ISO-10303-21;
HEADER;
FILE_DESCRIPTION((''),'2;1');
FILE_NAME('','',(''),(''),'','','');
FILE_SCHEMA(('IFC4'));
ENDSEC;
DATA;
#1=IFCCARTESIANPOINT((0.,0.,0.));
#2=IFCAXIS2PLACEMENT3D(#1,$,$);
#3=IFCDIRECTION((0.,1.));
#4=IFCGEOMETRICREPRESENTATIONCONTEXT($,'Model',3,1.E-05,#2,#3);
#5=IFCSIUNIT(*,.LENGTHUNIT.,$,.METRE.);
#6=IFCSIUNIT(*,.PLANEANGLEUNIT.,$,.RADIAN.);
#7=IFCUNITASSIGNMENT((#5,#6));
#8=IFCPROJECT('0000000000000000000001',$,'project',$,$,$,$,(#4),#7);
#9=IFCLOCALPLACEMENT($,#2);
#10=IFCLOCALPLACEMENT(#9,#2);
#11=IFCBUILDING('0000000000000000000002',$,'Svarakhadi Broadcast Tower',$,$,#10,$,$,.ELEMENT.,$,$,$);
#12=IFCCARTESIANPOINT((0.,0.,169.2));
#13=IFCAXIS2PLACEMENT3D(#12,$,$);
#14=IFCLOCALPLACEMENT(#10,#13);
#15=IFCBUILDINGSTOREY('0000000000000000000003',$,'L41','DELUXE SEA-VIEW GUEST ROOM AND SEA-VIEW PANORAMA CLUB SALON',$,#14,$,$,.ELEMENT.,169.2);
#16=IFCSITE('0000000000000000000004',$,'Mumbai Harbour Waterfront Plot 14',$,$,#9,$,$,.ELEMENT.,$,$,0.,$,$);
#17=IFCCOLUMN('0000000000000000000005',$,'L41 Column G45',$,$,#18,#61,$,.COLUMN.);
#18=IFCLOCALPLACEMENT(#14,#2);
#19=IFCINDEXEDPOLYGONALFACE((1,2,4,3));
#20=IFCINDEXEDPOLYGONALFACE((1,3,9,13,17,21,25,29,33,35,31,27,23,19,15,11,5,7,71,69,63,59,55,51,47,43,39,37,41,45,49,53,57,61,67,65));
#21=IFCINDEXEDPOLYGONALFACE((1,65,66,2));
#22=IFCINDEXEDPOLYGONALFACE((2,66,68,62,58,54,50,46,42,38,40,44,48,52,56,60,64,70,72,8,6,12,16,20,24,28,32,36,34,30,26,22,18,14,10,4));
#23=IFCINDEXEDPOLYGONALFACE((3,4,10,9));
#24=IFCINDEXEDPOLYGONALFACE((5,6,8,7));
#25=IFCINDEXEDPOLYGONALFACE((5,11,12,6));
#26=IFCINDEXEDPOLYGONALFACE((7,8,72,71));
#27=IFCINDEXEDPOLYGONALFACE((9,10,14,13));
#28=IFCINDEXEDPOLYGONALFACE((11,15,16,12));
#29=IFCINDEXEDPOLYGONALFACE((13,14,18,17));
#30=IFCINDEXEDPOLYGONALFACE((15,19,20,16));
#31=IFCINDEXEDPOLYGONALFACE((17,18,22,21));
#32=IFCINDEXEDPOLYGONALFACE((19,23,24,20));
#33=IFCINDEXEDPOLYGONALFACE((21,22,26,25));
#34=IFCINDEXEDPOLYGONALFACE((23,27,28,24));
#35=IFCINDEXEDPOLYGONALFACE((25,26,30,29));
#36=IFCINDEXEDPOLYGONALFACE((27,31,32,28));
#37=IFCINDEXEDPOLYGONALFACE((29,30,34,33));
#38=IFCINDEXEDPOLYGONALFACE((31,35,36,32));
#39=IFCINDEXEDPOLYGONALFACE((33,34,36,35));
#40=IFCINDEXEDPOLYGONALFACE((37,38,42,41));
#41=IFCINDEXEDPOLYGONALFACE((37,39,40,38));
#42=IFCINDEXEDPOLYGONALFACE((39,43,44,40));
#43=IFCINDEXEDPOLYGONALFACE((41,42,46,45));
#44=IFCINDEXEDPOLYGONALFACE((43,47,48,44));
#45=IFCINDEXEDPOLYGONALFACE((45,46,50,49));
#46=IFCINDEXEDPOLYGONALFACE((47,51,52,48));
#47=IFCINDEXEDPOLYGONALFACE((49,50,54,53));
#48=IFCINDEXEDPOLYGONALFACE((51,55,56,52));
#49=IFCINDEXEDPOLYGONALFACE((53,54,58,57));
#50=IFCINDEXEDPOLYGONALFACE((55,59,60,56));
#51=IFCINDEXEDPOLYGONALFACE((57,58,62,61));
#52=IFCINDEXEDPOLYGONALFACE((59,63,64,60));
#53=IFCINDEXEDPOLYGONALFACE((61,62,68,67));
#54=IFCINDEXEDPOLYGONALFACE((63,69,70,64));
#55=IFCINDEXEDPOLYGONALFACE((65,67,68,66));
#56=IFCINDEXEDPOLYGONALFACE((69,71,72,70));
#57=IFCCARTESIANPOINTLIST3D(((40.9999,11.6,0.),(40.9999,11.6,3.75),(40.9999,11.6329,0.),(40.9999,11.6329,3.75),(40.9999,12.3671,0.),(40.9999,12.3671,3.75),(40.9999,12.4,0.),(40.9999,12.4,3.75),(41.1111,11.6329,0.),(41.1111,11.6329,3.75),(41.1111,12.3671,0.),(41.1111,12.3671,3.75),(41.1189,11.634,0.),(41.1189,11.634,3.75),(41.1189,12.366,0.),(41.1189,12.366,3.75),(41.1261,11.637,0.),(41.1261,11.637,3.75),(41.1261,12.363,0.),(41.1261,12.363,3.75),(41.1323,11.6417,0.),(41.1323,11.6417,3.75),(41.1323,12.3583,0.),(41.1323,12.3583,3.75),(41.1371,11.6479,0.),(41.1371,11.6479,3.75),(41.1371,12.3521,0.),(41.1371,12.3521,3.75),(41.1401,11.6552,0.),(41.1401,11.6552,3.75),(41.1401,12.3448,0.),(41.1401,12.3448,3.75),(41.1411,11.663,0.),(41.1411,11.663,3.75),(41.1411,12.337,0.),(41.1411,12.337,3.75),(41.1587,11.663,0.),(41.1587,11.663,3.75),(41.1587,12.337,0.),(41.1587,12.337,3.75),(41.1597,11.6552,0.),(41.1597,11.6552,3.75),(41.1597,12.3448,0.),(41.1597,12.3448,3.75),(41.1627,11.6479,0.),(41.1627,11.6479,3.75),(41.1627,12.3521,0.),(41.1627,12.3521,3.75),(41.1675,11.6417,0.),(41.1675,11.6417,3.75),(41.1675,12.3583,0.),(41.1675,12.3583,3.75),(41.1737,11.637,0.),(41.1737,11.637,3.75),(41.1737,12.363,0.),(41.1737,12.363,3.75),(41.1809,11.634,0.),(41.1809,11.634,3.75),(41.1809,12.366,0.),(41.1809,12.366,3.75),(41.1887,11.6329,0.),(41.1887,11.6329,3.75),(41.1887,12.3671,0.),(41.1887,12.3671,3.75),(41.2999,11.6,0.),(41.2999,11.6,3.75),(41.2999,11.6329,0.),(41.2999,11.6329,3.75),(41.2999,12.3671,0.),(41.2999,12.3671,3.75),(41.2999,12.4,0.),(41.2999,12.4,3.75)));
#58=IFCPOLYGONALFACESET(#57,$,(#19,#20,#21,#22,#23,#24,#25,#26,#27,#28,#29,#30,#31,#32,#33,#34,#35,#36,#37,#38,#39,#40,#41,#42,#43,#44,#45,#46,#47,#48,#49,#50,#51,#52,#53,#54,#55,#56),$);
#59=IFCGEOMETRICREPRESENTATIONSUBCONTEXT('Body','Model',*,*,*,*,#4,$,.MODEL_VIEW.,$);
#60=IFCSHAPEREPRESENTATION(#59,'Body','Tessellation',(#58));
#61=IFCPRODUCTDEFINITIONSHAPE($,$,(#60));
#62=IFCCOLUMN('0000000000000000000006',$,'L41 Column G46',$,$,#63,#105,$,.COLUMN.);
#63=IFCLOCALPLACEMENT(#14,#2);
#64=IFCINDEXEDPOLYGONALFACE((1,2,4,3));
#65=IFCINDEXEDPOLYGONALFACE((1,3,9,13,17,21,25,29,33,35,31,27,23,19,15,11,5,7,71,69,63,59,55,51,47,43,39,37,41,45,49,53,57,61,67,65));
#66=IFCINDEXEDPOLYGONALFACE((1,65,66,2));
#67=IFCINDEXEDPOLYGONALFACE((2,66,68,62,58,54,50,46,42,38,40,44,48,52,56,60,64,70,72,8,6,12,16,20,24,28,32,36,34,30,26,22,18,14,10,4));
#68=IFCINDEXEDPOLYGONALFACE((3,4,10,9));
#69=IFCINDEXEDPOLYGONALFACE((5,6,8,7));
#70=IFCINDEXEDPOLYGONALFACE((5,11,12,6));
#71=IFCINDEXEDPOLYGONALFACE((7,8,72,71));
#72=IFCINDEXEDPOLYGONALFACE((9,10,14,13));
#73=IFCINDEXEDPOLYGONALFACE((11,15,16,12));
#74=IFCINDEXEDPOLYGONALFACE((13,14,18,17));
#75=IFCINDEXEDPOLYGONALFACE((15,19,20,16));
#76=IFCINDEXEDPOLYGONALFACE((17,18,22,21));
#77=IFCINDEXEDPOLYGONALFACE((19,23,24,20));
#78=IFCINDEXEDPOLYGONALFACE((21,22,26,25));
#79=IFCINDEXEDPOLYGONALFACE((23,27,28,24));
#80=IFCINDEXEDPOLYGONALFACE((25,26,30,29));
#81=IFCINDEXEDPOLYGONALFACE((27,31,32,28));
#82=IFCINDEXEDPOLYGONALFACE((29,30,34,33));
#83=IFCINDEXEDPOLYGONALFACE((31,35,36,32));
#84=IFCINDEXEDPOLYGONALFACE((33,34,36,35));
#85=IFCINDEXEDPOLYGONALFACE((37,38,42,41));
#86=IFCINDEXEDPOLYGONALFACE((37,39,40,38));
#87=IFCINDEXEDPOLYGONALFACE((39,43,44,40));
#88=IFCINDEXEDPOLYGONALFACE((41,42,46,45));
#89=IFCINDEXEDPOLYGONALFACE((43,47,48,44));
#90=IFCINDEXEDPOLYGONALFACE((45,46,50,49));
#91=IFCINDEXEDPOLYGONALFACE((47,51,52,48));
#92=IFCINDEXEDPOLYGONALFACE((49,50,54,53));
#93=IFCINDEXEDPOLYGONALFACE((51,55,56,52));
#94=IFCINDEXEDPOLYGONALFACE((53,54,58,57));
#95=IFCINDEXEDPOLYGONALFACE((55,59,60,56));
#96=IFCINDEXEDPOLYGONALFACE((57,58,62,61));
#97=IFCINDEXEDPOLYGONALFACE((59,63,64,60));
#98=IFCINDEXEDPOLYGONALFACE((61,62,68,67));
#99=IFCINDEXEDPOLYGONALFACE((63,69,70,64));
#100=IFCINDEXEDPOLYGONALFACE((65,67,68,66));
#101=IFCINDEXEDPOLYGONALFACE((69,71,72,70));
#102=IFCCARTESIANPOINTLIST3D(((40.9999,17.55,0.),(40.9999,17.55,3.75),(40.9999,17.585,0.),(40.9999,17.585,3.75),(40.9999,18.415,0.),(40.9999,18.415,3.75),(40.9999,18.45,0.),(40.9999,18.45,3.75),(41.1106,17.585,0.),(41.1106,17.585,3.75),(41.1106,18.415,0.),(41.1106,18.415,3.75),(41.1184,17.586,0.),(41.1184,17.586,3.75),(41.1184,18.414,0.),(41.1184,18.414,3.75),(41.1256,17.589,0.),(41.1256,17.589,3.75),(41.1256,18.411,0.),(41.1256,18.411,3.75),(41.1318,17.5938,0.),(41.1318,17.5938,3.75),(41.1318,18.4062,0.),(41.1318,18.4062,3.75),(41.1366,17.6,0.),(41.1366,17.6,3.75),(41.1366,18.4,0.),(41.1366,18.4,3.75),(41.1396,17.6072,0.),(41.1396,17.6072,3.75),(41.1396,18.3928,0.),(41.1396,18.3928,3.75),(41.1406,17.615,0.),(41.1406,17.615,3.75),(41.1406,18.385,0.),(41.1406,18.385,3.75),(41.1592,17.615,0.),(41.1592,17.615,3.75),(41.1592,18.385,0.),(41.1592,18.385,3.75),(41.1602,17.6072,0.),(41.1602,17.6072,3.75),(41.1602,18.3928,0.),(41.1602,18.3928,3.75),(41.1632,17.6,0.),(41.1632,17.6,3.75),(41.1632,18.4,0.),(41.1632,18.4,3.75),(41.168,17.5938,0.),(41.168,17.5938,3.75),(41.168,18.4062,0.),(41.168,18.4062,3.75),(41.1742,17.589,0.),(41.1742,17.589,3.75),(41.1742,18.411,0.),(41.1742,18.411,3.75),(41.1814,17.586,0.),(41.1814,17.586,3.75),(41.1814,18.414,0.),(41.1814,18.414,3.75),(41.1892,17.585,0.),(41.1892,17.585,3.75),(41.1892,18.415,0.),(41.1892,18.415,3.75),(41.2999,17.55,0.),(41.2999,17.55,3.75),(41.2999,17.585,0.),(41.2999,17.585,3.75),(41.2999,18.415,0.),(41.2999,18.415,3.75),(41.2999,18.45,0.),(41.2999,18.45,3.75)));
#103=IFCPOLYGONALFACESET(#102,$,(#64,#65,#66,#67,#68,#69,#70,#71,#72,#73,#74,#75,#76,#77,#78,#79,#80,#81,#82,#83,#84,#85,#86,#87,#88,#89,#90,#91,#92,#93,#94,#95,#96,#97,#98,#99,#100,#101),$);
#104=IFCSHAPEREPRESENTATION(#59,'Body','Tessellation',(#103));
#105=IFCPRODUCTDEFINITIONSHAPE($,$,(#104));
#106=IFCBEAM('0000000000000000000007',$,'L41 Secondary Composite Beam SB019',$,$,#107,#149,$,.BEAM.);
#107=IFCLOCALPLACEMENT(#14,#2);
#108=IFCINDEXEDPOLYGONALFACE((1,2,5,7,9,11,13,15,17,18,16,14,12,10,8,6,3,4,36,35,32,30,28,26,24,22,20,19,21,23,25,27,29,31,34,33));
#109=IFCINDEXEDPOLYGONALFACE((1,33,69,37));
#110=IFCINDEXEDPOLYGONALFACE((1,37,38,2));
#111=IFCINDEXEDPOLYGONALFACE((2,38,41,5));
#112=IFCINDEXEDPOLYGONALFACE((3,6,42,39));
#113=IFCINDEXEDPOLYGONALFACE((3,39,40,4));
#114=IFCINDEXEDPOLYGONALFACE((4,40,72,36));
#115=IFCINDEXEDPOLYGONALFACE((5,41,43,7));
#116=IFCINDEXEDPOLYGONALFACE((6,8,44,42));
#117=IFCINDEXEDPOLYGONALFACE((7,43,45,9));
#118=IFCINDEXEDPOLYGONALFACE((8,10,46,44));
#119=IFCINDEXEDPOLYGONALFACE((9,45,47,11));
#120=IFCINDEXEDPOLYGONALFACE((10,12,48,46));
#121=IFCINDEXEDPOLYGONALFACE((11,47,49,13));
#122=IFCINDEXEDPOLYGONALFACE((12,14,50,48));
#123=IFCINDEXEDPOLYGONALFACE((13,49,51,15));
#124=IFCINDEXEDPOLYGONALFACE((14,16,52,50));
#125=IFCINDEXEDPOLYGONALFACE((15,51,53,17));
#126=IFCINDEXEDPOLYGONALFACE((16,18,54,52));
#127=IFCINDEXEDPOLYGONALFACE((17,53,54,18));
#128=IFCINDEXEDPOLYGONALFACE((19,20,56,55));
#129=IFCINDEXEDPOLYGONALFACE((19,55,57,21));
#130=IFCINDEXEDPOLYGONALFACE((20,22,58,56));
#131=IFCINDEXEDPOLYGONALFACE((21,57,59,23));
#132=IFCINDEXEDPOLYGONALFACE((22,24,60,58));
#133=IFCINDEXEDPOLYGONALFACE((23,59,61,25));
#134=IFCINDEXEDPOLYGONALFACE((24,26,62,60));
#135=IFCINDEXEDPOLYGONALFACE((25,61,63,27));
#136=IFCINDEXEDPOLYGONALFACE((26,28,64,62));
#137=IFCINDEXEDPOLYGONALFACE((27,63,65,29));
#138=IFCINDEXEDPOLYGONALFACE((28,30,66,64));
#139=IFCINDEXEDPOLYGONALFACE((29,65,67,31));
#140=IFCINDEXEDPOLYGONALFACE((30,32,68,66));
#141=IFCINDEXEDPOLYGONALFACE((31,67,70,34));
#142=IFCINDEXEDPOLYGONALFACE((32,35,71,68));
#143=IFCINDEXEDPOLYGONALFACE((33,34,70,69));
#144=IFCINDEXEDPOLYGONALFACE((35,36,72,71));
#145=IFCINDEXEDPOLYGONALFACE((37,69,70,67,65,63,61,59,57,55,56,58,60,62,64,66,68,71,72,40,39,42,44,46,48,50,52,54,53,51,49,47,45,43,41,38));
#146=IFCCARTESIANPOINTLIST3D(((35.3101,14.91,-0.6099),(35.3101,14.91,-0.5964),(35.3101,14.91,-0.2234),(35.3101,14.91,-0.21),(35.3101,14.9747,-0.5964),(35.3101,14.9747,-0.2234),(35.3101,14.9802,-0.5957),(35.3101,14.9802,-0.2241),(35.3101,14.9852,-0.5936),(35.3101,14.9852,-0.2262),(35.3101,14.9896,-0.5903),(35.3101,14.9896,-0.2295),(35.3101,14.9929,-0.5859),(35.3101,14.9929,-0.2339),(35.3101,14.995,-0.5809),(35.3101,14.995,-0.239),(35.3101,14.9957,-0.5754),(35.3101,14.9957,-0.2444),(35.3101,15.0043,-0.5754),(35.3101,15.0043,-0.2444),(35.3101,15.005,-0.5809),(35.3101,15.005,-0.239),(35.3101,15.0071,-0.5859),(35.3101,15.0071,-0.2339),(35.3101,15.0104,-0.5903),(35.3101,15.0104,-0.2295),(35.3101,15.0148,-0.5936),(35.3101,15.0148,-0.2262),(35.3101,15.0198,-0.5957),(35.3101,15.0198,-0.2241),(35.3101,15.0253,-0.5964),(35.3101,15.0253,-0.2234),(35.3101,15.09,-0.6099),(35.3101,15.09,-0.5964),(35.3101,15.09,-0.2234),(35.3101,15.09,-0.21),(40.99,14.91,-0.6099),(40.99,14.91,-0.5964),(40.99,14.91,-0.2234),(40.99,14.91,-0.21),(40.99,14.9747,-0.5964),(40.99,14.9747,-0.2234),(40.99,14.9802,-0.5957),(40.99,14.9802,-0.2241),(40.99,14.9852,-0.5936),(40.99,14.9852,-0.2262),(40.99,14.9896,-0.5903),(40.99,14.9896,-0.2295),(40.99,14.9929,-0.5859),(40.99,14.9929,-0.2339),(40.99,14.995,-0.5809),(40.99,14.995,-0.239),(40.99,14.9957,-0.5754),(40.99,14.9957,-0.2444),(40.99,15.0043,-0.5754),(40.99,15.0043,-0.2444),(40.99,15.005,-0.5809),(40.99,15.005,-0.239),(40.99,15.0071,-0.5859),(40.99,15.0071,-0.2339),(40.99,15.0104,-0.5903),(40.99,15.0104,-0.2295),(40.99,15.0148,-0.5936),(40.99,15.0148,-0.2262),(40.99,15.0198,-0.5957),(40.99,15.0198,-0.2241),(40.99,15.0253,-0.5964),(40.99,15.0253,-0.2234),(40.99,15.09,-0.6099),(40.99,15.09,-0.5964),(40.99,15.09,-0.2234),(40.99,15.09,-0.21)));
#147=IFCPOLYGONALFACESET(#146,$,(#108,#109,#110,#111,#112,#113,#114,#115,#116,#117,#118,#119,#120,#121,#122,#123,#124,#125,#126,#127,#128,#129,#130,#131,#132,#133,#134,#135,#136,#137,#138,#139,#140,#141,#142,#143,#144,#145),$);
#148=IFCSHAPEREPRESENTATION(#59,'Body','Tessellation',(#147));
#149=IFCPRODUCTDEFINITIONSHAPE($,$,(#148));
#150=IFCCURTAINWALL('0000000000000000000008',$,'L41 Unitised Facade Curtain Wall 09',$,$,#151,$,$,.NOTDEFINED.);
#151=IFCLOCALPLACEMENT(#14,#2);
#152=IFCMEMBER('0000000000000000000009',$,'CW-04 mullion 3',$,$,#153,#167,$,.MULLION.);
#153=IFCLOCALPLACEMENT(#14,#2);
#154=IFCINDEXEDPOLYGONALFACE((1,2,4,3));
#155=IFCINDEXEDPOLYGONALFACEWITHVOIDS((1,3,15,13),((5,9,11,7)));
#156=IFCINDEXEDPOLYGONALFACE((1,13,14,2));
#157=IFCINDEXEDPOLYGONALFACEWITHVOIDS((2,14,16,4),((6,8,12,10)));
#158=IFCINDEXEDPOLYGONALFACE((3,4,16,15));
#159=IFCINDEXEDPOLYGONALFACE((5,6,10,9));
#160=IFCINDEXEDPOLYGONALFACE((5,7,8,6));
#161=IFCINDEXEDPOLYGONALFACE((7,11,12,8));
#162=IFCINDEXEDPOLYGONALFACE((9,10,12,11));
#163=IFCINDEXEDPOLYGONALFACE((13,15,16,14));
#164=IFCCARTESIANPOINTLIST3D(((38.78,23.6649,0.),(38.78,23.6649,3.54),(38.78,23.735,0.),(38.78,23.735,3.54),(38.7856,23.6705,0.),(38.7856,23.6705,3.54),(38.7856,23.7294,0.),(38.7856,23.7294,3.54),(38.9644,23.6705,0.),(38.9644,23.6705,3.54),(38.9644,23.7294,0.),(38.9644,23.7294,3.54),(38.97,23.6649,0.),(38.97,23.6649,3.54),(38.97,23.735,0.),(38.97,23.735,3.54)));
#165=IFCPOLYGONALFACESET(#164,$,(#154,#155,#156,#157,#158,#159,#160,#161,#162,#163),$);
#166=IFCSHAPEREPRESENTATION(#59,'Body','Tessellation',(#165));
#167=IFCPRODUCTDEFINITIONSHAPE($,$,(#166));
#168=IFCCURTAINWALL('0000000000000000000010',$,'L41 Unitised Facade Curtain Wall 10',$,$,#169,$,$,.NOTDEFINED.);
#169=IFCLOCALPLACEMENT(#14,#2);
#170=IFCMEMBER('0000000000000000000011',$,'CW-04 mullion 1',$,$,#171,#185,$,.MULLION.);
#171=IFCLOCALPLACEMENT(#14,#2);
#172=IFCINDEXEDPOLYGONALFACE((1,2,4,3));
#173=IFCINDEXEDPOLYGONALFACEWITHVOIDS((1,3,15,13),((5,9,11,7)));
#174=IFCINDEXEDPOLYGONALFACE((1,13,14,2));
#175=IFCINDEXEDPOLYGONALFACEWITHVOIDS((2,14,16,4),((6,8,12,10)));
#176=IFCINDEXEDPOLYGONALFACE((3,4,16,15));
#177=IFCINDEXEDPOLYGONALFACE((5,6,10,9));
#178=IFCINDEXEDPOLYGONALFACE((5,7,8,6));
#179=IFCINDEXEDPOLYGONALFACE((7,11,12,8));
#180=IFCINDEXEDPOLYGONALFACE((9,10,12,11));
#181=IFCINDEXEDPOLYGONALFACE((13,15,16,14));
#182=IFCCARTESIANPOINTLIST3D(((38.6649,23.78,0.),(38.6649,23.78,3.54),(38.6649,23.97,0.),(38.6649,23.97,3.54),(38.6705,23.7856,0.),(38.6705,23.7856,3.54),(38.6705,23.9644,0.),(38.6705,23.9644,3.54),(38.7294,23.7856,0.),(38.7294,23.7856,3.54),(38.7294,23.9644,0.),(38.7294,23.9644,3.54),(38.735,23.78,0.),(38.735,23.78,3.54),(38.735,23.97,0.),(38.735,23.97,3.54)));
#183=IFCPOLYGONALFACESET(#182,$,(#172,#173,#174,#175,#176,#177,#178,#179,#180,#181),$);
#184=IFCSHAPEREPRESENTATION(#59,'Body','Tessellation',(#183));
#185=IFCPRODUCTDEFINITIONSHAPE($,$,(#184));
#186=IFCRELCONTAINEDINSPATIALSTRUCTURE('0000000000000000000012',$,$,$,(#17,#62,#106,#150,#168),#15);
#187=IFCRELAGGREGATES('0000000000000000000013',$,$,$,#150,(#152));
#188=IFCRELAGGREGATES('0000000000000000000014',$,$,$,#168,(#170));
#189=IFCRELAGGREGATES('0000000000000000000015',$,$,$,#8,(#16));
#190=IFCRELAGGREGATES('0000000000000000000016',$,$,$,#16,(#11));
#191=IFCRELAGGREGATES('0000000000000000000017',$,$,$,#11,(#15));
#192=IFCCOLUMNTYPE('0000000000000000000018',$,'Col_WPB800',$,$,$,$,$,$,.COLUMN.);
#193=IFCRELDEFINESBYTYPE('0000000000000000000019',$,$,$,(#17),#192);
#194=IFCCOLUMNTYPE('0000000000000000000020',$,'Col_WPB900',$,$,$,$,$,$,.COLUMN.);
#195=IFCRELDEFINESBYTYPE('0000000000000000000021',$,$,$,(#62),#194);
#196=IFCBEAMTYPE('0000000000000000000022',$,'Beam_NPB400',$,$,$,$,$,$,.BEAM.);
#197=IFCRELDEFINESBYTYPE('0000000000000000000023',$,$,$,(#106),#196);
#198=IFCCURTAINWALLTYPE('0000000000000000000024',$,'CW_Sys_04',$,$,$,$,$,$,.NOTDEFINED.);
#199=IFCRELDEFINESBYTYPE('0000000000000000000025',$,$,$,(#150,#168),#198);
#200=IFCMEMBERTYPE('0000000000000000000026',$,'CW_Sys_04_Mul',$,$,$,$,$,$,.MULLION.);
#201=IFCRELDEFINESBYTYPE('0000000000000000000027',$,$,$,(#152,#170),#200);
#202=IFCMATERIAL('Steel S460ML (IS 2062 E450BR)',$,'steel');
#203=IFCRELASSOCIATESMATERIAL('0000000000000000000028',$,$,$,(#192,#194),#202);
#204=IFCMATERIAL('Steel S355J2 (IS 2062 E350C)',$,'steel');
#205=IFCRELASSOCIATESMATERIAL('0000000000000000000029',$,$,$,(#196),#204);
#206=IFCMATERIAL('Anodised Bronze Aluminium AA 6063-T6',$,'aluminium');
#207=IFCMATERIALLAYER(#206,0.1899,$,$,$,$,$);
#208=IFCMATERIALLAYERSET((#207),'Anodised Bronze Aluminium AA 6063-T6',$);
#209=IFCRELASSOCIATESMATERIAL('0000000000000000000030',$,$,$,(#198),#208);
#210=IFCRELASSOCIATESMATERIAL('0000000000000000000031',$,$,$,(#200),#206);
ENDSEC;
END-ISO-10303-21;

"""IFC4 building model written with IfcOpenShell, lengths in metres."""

from ifc_helpers import new_model, si_unit, direction, frame, origin, origin_2d, place, context, subcontext, project, spatial, hollow_rectangle, i_section, extrude, material, layer, layer_set, material_profile, profile_set, type_object, element, aggregate, save


model = new_model("IFC4")

# Units and contexts
model_context = context("Model", 3, precision=1e-05, world=origin(), true_north=direction((0.0, 1.0)))
body_context = subcontext(model_context, "Body", "Model", "MODEL_VIEW")
ifc_project = project(units=[si_unit("LENGTHUNIT", "METRE"), si_unit("PLANEANGLEUNIT", "RADIAN")], contexts=[model_context])

# Site, building, storey
site_placement = place(None, origin())
site = spatial("IfcSite", under=ifc_project, at=site_placement, Name="Mumbai Harbour Waterfront Plot 14", CompositionType="ELEMENT", RefElevation=0.0)
building_placement = place(site_placement, origin())
building = spatial("IfcBuilding", under=site, at=building_placement, Name="Svarakhadi Broadcast Tower", CompositionType="ELEMENT")
storey_placement = place(building_placement, frame((0.0, 0.0, 169.2)))
storey = spatial("IfcBuildingStorey", under=building, at=storey_placement, Name="L41", Description="DELUXE SEA-VIEW GUEST ROOM AND SEA-VIEW PANORAMA CLUB SALON", CompositionType="ELEMENT", Elevation=169.2)

# Columns
ifc_material_1 = material(Name="Steel S460ML (IS 2062 E450BR)", Category="steel")
ifc_material_profile_1 = material_profile(ifc_material_1, i_section(OverallWidth=0.3, OverallDepth=0.8, WebThickness=0.0176, FlangeThickness=0.033, FilletRadius=0.03, at=origin_2d()), Name="WPB 800x300x262")
ifc_profile_set_1 = profile_set([ifc_material_profile_1], Name="Steel S460ML (IS 2062 E450BR)")
column_type_1 = type_object("IfcColumnType", Name="Col_WPB800", PredefinedType="COLUMN", material=ifc_profile_set_1)
column_1_placement = place(storey_placement, frame((41.1499, 12.0, 0.0), z_axis=(0.0, 0.0, 1.0), x_axis=(1.0, 0.0, 0.0)))
element("IfcColumn", 1, at=column_1_placement, inside=storey, type_object=column_type_1, Name="L41 Column G45", PredefinedType="COLUMN", context=body_context, shape_type="SweptSolid", body=[
    extrude(i_section(OverallWidth=0.3, OverallDepth=0.8, WebThickness=0.0176, FlangeThickness=0.033, FilletRadius=0.03, at=origin_2d()), origin(), (0.0, 0.0, 1.0), 3.75),
])
ifc_material_profile_2 = material_profile(ifc_material_1, i_section(OverallWidth=0.3, OverallDepth=0.8999, WebThickness=0.0186, FlangeThickness=0.0349, FilletRadius=0.03, at=origin_2d()), Name="WPB 900x300x291")
ifc_profile_set_2 = profile_set([ifc_material_profile_2], Name="Steel S460ML (IS 2062 E450BR)")
column_type_2 = type_object("IfcColumnType", Name="Col_WPB900", PredefinedType="COLUMN", material=ifc_profile_set_2)
column_2_placement = place(storey_placement, frame((41.1499, 18.0, 0.0), z_axis=(0.0, 0.0, 1.0), x_axis=(1.0, 0.0, 0.0)))
element("IfcColumn", 2, at=column_2_placement, inside=storey, type_object=column_type_2, Name="L41 Column G46", PredefinedType="COLUMN", context=body_context, shape_type="SweptSolid", body=[
    extrude(i_section(OverallWidth=0.3, OverallDepth=0.8999, WebThickness=0.0186, FlangeThickness=0.0349, FilletRadius=0.03, at=origin_2d()), origin(), (0.0, 0.0, 1.0), 3.75),
])

# Beam
ifc_material_2 = material(Name="Steel S355J2 (IS 2062 E350C)", Category="steel")
ifc_material_profile_3 = material_profile(ifc_material_2, i_section(OverallWidth=0.1799, OverallDepth=0.3999, WebThickness=0.0085, FlangeThickness=0.0134, FilletRadius=0.021, at=origin_2d()), Name="NPB 400x180x66")
ifc_profile_set_3 = profile_set([ifc_material_profile_3], Name="Steel S355J2 (IS 2062 E350C)")
beam_type_1 = type_object("IfcBeamType", Name="Beam_NPB400", PredefinedType="BEAM", material=ifc_profile_set_3)
beam_1_placement = place(storey_placement, frame((35.3101, 15.0, -0.4099), z_axis=(1.0, 0.0, 0.0), x_axis=(0.0, 1.0, 0.0)))
element("IfcBeam", 3, at=beam_1_placement, inside=storey, type_object=beam_type_1, Name="L41 Secondary Composite Beam SB019", PredefinedType="BEAM", context=body_context, shape_type="SweptSolid", body=[
    extrude(i_section(OverallWidth=0.1799, OverallDepth=0.3999, WebThickness=0.0085, FlangeThickness=0.0134, FilletRadius=0.021, at=origin_2d()), origin(), (0.0, 0.0, 1.0), 5.6799),
])

# Curtain wall, member
ifc_material_3 = material(Name="Anodised Bronze Aluminium AA 6063-T6", Category="aluminium")
ifc_layer_1 = layer(ifc_material_3, 0.1899)
ifc_layer_set_1 = layer_set([ifc_layer_1], Name="Anodised Bronze Aluminium AA 6063-T6")
curtain_wall_type = type_object("IfcCurtainWallType", Name="CW_Sys_04", PredefinedType="NOTDEFINED", material=ifc_layer_set_1)
curtain_wall_1_placement = place(storey_placement, origin())
curtain_wall_1 = element("IfcCurtainWall", 4, at=curtain_wall_1_placement, inside=storey, type_object=curtain_wall_type, Name="L41 Unitised Facade Curtain Wall 09", PredefinedType="NOTDEFINED")
ifc_material_profile_4 = material_profile(ifc_material_3, hollow_rectangle(XDim=0.0701, YDim=0.1899, WallThickness=0.0056, at=origin_2d()), Name="ALU MULLION 190x70x6")
ifc_profile_set_4 = profile_set([ifc_material_profile_4], Name="Anodised Bronze Aluminium AA 6063-T6")
member_type_1 = type_object("IfcMemberType", Name="CW_Sys_04_Mul", PredefinedType="MULLION", material=ifc_profile_set_4)
member_1_placement = place(storey_placement, frame((38.875, 23.7, 0.0), z_axis=(0.0, 0.0, 1.0), x_axis=(0.0, 1.0, 0.0)))
member_1 = element("IfcMember", 5, at=member_1_placement, type_object=member_type_1, Name="CW-04 mullion 3", PredefinedType="MULLION", context=body_context, shape_type="SweptSolid", body=[
    extrude(hollow_rectangle(XDim=0.0701, YDim=0.1899, WallThickness=0.0056, at=origin_2d()), origin(), (0.0, 0.0, 1.0), 3.54),
])
aggregate(curtain_wall_1, [member_1])

# Curtain wall, member
curtain_wall_2_placement = place(storey_placement, origin())
curtain_wall_2 = element("IfcCurtainWall", 6, at=curtain_wall_2_placement, inside=storey, type_object=curtain_wall_type, Name="L41 Unitised Facade Curtain Wall 10", PredefinedType="NOTDEFINED")
member_2_placement = place(storey_placement, frame((38.7, 23.875, 0.0), z_axis=(0.0, 0.0, 1.0), x_axis=(1.0, 0.0, 0.0)))
member_2 = element("IfcMember", 7, at=member_2_placement, type_object=member_type_1, Name="CW-04 mullion 1", PredefinedType="MULLION", context=body_context, shape_type="SweptSolid", body=[
    extrude(hollow_rectangle(XDim=0.0701, YDim=0.1899, WallThickness=0.0056, at=origin_2d()), origin(), (0.0, 0.0, 1.0), 3.54),
])

aggregate(curtain_wall_2, [member_2])

save(model, "model.ifc")
